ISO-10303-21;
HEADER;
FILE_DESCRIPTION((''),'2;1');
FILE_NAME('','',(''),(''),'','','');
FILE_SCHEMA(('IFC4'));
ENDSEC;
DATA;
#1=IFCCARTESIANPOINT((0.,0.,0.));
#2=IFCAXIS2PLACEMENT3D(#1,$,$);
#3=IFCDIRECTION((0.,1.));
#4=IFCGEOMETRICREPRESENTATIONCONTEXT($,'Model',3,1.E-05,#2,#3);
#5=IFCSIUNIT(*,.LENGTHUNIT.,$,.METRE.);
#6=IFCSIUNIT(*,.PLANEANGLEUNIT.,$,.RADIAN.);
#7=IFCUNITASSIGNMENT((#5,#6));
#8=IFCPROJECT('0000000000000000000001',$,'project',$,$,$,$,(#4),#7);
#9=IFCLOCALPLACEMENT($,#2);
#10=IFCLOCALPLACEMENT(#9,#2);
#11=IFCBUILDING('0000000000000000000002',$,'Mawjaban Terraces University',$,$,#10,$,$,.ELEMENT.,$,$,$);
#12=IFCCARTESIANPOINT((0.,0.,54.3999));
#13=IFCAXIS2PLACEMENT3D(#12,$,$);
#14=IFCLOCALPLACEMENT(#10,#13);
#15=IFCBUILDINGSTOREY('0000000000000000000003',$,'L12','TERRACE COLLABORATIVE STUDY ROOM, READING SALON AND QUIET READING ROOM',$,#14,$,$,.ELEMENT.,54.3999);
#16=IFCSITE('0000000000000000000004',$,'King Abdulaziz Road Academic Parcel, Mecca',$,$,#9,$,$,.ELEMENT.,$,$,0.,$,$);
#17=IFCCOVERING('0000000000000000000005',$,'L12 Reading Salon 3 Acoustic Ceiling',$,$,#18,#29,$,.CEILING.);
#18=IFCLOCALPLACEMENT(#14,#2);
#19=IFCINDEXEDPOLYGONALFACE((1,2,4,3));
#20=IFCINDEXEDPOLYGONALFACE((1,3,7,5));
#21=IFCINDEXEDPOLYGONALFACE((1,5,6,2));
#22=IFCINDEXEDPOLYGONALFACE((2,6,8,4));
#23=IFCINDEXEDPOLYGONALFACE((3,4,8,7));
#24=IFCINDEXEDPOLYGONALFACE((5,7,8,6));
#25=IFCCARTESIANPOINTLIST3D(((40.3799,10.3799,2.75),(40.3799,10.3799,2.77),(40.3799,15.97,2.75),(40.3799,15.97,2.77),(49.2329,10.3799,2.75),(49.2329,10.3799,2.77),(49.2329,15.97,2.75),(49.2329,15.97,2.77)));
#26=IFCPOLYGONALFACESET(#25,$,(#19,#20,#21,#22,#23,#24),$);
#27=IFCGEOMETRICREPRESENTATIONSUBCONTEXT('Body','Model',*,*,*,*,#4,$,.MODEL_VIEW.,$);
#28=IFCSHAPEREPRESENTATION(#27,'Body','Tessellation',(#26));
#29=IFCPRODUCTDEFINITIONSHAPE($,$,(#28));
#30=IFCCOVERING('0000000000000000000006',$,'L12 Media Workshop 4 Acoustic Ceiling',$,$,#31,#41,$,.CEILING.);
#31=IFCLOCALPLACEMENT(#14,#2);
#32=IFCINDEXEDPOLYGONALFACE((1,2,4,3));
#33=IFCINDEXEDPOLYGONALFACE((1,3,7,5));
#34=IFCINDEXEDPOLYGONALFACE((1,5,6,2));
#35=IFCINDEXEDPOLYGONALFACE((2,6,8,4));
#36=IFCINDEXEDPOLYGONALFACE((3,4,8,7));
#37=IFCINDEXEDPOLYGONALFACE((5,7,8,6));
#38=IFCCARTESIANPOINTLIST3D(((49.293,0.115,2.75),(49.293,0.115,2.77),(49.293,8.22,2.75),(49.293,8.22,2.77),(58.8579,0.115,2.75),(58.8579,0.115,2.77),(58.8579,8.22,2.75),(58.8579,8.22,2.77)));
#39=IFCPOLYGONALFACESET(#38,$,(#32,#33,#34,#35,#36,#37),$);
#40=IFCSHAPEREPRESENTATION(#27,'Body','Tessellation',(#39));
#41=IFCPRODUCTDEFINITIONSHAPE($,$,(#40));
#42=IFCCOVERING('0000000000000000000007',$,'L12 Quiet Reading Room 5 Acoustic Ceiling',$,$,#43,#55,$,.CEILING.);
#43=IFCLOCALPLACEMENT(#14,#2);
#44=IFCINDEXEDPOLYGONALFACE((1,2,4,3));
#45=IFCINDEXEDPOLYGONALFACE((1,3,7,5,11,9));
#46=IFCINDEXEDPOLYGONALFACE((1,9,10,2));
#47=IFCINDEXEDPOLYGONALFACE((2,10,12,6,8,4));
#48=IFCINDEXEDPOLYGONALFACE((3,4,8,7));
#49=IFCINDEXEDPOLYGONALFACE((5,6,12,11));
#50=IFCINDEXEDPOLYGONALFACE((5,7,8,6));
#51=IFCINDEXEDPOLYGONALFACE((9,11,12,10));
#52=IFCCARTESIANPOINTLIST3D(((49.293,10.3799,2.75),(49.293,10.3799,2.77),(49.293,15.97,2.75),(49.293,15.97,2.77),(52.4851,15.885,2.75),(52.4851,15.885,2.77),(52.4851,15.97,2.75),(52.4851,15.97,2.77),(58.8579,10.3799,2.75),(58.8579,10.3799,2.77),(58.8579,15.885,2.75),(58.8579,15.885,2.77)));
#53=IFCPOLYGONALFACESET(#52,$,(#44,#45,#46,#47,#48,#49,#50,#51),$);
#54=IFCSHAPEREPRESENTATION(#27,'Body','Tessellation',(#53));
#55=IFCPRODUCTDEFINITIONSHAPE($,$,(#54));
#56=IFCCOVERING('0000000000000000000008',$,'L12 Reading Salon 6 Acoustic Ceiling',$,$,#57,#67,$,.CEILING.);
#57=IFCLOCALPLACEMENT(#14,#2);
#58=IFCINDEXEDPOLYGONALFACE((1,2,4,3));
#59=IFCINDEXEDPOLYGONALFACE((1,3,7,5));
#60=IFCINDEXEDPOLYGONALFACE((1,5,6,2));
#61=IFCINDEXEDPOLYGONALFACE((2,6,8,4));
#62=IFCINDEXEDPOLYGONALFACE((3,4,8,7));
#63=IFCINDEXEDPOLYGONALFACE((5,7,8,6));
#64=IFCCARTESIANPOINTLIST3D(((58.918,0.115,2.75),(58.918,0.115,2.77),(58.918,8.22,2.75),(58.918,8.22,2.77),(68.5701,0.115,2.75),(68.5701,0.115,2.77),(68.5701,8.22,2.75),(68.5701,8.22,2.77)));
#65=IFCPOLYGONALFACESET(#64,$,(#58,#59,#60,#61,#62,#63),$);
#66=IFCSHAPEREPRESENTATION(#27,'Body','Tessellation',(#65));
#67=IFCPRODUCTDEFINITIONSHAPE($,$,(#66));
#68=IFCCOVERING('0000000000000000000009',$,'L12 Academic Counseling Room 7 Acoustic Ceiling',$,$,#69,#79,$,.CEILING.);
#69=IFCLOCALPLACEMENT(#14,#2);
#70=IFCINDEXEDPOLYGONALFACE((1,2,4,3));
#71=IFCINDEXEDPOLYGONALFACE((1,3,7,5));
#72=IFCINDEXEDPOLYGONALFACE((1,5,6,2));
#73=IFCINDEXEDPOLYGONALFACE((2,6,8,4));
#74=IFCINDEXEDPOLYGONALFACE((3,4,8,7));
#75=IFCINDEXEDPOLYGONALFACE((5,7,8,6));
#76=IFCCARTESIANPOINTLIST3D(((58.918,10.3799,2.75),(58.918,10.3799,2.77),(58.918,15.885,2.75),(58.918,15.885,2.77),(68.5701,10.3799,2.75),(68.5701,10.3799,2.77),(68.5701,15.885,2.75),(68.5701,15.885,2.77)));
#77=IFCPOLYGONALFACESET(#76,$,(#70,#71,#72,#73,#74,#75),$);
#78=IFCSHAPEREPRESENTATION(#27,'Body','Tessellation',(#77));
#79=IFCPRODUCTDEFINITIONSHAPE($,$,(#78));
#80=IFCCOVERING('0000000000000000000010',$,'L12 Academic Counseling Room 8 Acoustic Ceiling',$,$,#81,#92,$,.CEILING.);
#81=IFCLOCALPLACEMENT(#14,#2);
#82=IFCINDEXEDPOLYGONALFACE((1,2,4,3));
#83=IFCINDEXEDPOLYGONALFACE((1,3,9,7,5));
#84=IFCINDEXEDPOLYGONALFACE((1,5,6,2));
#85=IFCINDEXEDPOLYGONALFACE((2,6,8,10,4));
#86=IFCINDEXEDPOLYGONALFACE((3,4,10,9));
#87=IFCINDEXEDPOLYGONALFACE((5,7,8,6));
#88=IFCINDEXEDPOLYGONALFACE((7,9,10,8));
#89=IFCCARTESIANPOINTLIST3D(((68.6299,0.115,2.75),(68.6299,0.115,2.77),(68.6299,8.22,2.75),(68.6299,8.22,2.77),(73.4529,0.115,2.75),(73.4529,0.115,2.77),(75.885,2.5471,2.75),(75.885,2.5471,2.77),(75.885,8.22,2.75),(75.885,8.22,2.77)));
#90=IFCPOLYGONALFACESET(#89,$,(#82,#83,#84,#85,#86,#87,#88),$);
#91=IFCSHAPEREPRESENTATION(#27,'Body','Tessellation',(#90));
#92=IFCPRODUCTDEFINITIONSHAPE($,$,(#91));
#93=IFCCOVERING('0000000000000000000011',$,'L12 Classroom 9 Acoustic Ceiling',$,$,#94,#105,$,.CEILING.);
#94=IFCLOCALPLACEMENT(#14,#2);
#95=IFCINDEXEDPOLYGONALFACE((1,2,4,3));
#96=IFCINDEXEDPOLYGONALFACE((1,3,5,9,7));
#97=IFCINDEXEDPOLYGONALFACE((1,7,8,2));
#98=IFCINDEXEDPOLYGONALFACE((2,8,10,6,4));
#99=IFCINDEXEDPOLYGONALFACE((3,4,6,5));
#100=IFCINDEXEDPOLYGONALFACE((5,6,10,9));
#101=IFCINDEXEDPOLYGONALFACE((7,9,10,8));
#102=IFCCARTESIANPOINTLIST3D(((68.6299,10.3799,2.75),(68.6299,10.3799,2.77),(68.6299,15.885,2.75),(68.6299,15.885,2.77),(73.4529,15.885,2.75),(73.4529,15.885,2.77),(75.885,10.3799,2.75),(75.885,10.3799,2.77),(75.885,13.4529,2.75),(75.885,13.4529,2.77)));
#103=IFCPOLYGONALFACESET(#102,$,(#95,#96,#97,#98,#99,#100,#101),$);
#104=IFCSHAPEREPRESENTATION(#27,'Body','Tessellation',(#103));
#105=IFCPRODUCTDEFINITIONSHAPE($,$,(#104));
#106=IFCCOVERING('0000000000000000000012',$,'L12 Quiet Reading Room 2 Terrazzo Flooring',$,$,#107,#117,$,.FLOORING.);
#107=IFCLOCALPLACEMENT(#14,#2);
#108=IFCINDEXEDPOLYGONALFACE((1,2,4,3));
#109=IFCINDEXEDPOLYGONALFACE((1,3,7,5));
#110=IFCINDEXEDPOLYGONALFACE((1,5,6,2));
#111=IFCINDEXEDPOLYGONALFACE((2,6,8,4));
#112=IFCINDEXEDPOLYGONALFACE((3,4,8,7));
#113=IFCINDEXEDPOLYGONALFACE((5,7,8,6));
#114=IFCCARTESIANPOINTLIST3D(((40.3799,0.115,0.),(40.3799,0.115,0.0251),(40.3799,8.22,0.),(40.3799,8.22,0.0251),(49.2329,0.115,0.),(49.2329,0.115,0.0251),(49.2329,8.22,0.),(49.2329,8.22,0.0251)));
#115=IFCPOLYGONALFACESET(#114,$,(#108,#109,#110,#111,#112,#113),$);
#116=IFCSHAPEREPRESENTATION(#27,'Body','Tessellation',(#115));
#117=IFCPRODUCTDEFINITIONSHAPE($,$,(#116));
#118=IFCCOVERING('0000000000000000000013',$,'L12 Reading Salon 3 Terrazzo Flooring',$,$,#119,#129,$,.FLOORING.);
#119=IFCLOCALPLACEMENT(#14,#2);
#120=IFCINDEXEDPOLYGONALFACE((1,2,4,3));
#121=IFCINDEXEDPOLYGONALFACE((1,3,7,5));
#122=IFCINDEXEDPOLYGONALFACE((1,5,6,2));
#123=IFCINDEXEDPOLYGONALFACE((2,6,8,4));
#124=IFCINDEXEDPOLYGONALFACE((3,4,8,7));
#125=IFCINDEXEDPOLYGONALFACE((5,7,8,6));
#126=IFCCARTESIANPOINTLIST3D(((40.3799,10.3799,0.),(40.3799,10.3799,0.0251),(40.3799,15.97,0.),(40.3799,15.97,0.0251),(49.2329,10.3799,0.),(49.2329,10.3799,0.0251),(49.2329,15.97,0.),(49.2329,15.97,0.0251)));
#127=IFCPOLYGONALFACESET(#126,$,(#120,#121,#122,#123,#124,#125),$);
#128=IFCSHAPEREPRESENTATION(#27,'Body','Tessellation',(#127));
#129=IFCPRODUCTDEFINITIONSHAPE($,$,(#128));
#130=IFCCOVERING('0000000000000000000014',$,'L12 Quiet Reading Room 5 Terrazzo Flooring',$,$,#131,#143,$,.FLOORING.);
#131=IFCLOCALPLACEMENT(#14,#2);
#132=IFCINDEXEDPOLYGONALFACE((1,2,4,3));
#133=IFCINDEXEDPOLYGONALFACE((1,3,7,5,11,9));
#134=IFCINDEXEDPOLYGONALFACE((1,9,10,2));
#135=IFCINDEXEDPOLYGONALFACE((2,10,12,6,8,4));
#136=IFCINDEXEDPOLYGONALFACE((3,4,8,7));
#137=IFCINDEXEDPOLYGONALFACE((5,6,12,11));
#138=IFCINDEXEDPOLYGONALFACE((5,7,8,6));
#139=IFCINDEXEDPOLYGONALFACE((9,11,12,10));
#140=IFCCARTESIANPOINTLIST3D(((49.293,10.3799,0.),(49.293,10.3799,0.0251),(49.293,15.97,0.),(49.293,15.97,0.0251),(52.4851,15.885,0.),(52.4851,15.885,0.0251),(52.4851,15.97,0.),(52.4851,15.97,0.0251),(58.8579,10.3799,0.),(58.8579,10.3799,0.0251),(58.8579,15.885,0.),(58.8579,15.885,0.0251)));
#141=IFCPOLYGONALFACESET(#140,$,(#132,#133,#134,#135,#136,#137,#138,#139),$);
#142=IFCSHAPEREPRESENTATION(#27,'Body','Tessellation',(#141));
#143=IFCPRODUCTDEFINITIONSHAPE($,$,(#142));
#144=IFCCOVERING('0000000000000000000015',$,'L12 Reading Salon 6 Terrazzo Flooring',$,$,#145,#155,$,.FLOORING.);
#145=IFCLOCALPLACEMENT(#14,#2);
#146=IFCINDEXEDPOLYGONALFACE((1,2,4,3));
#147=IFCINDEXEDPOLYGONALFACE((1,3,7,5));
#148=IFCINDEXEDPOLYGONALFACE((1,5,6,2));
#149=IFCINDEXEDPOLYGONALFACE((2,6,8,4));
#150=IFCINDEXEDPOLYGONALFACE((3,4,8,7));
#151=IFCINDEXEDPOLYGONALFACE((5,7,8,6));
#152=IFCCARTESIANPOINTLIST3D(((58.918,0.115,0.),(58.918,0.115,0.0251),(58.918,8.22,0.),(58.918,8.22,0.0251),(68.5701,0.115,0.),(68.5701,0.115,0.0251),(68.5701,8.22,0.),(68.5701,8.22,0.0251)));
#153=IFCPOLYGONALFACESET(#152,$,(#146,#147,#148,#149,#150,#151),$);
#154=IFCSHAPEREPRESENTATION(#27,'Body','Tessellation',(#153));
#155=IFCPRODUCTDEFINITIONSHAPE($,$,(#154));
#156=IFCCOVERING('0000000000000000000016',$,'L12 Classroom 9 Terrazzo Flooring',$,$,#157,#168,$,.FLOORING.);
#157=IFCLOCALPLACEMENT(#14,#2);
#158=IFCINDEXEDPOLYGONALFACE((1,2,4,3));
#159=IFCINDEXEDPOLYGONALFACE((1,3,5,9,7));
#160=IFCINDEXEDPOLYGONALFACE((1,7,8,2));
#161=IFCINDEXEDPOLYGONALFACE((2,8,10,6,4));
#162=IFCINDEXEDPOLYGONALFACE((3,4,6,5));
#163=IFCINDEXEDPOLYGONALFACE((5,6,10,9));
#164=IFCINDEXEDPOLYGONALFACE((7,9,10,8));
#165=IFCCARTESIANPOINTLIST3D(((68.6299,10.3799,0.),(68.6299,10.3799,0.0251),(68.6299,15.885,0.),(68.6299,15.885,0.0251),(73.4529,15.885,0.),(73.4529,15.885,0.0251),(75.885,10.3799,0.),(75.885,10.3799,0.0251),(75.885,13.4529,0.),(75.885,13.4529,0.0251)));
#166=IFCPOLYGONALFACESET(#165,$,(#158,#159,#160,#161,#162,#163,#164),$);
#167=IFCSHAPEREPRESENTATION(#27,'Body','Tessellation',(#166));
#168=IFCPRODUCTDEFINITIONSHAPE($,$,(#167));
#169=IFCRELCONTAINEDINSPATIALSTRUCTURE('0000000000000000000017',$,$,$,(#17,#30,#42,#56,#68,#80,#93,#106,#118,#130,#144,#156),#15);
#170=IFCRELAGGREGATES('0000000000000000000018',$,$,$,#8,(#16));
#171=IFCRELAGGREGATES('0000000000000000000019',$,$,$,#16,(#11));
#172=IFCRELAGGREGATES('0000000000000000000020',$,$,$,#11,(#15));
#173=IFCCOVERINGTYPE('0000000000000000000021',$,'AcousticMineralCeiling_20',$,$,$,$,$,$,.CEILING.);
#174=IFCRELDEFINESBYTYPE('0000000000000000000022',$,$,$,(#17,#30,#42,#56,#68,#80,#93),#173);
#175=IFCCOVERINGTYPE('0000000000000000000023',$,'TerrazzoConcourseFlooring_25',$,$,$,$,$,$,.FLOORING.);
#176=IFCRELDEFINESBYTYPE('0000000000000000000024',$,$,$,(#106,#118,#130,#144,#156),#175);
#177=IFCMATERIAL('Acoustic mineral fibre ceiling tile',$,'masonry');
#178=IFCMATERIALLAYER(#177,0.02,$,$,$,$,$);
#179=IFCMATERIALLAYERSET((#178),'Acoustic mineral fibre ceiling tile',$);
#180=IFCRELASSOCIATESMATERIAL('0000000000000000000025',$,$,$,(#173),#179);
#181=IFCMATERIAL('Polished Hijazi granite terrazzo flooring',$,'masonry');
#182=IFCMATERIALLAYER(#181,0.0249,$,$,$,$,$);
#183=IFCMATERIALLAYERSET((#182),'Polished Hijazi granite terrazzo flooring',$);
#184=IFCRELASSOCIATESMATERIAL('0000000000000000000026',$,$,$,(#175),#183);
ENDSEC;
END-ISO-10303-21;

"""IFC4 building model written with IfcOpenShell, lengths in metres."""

from ifc_helpers import new_model, si_unit, direction, frame, origin, place, context, subcontext, project, spatial, polyline, outline, extrude, material, layer, layer_set, type_object, element, save


model = new_model("IFC4")

# Units and contexts
model_context = context("Model", 3, precision=1e-05, world=origin(), true_north=direction((0.0, 1.0)))
body_context = subcontext(model_context, "Body", "Model", "MODEL_VIEW")
ifc_project = project(units=[si_unit("LENGTHUNIT", "METRE"), si_unit("PLANEANGLEUNIT", "RADIAN")], contexts=[model_context])

# Site, building, storey
site_placement = place(None, origin())
site = spatial("IfcSite", under=ifc_project, at=site_placement, Name="King Abdulaziz Road Academic Parcel, Mecca", CompositionType="ELEMENT", RefElevation=0.0)
building_placement = place(site_placement, origin())
building = spatial("IfcBuilding", under=site, at=building_placement, Name="Mawjaban Terraces University", CompositionType="ELEMENT")
storey_placement = place(building_placement, frame((0.0, 0.0, 54.3999)))
storey = spatial("IfcBuildingStorey", under=building, at=storey_placement, Name="L12", Description="TERRACE COLLABORATIVE STUDY ROOM, READING SALON AND QUIET READING ROOM", CompositionType="ELEMENT", Elevation=54.3999)

# Coverings
ifc_material_1 = material(Name="Acoustic mineral fibre ceiling tile", Category="masonry")
ifc_layer_1 = layer(ifc_material_1, 0.02)
ifc_layer_set_1 = layer_set([ifc_layer_1], Name="Acoustic mineral fibre ceiling tile")
covering_type_1 = type_object("IfcCoveringType", Name="AcousticMineralCeiling_20", PredefinedType="CEILING", material=ifc_layer_set_1)
covering_1_placement = place(storey_placement, frame((0.0, 0.0, 2.75)))
element("IfcCovering", 1, at=covering_1_placement, inside=storey, type_object=covering_type_1, Name="L12 Reading Salon 3 Acoustic Ceiling", PredefinedType="CEILING", context=body_context, shape_type="SweptSolid", body=[
    extrude(outline(polyline([(49.2329, 10.3799), (49.2329, 15.97), (40.3799, 15.97), (40.3799, 10.3799), (49.2329, 10.3799)])), origin(), (0.0, 0.0, 1.0), 0.02),
])
covering_2_placement = place(storey_placement, frame((0.0, 0.0, 2.75)))
element("IfcCovering", 2, at=covering_2_placement, inside=storey, type_object=covering_type_1, Name="L12 Media Workshop 4 Acoustic Ceiling", PredefinedType="CEILING", context=body_context, shape_type="SweptSolid", body=[
    extrude(outline(polyline([(49.293, 0.115), (58.8579, 0.115), (58.8579, 8.22), (49.293, 8.22), (49.293, 0.115)])), origin(), (0.0, 0.0, 1.0), 0.02),
])
covering_3_placement = place(storey_placement, frame((0.0, 0.0, 2.75)))
element("IfcCovering", 3, at=covering_3_placement, inside=storey, type_object=covering_type_1, Name="L12 Quiet Reading Room 5 Acoustic Ceiling", PredefinedType="CEILING", context=body_context, shape_type="SweptSolid", body=[
    extrude(outline(polyline([(58.8579, 15.885), (52.4851, 15.885), (52.4851, 15.97), (49.293, 15.97), (49.293, 10.3799), (58.8579, 10.3799), (58.8579, 15.885)])), origin(), (0.0, 0.0, 1.0), 0.02),
])
covering_4_placement = place(storey_placement, frame((0.0, 0.0, 2.75)))
element("IfcCovering", 4, at=covering_4_placement, inside=storey, type_object=covering_type_1, Name="L12 Reading Salon 6 Acoustic Ceiling", PredefinedType="CEILING", context=body_context, shape_type="SweptSolid", body=[
    extrude(outline(polyline([(58.918, 0.115), (68.5701, 0.115), (68.5701, 8.22), (58.918, 8.22), (58.918, 0.115)])), origin(), (0.0, 0.0, 1.0), 0.02),
])
covering_5_placement = place(storey_placement, frame((0.0, 0.0, 2.75)))
element("IfcCovering", 5, at=covering_5_placement, inside=storey, type_object=covering_type_1, Name="L12 Academic Counseling Room 7 Acoustic Ceiling", PredefinedType="CEILING", context=body_context, shape_type="SweptSolid", body=[
    extrude(outline(polyline([(68.5701, 15.885), (58.918, 15.885), (58.918, 10.3799), (68.5701, 10.3799), (68.5701, 15.885)])), origin(), (0.0, 0.0, 1.0), 0.02),
])
covering_6_placement = place(storey_placement, frame((0.0, 0.0, 2.75)))
element("IfcCovering", 6, at=covering_6_placement, inside=storey, type_object=covering_type_1, Name="L12 Academic Counseling Room 8 Acoustic Ceiling", PredefinedType="CEILING", context=body_context, shape_type="SweptSolid", body=[
    extrude(outline(polyline([(68.6299, 0.115), (73.4529, 0.115), (75.885, 2.5471), (75.885, 8.22), (68.6299, 8.22), (68.6299, 0.115)])), origin(), (0.0, 0.0, 1.0), 0.02),
])
covering_7_placement = place(storey_placement, frame((0.0, 0.0, 2.75)))
element("IfcCovering", 7, at=covering_7_placement, inside=storey, type_object=covering_type_1, Name="L12 Classroom 9 Acoustic Ceiling", PredefinedType="CEILING", context=body_context, shape_type="SweptSolid", body=[
    extrude(outline(polyline([(75.885, 10.3799), (75.885, 13.4529), (73.4529, 15.885), (68.6299, 15.885), (68.6299, 10.3799), (75.885, 10.3799)])), origin(), (0.0, 0.0, 1.0), 0.02),
])
ifc_material_2 = material(Name="Polished Hijazi granite terrazzo flooring", Category="masonry")
ifc_layer_2 = layer(ifc_material_2, 0.0249)
ifc_layer_set_2 = layer_set([ifc_layer_2], Name="Polished Hijazi granite terrazzo flooring")
covering_type_2 = type_object("IfcCoveringType", Name="TerrazzoConcourseFlooring_25", PredefinedType="FLOORING", material=ifc_layer_set_2)
covering_8_placement = place(storey_placement, origin())
element("IfcCovering", 8, at=covering_8_placement, inside=storey, type_object=covering_type_2, Name="L12 Quiet Reading Room 2 Terrazzo Flooring", PredefinedType="FLOORING", context=body_context, shape_type="SweptSolid", body=[
    extrude(outline(polyline([(40.3799, 0.115), (49.2329, 0.115), (49.2329, 8.22), (40.3799, 8.22), (40.3799, 0.115)])), origin(), (0.0, 0.0, 1.0), 0.0251),
])
covering_9_placement = place(storey_placement, origin())
element("IfcCovering", 9, at=covering_9_placement, inside=storey, type_object=covering_type_2, Name="L12 Reading Salon 3 Terrazzo Flooring", PredefinedType="FLOORING", context=body_context, shape_type="SweptSolid", body=[
    extrude(outline(polyline([(49.2329, 10.3799), (49.2329, 15.97), (40.3799, 15.97), (40.3799, 10.3799), (49.2329, 10.3799)])), origin(), (0.0, 0.0, 1.0), 0.0251),
])
covering_10_placement = place(storey_placement, origin())
element("IfcCovering", 10, at=covering_10_placement, inside=storey, type_object=covering_type_2, Name="L12 Quiet Reading Room 5 Terrazzo Flooring", PredefinedType="FLOORING", context=body_context, shape_type="SweptSolid", body=[
    extrude(outline(polyline([(58.8579, 15.885), (52.4851, 15.885), (52.4851, 15.97), (49.293, 15.97), (49.293, 10.3799), (58.8579, 10.3799), (58.8579, 15.885)])), origin(), (0.0, 0.0, 1.0), 0.0251),
])
covering_11_placement = place(storey_placement, origin())
element("IfcCovering", 11, at=covering_11_placement, inside=storey, type_object=covering_type_2, Name="L12 Reading Salon 6 Terrazzo Flooring", PredefinedType="FLOORING", context=body_context, shape_type="SweptSolid", body=[
    extrude(outline(polyline([(58.918, 0.115), (68.5701, 0.115), (68.5701, 8.22), (58.918, 8.22), (58.918, 0.115)])), origin(), (0.0, 0.0, 1.0), 0.0251),
])
covering_12_placement = place(storey_placement, origin())
element("IfcCovering", 12, at=covering_12_placement, inside=storey, type_object=covering_type_2, Name="L12 Classroom 9 Terrazzo Flooring", PredefinedType="FLOORING", context=body_context, shape_type="SweptSolid", body=[
    extrude(outline(polyline([(75.885, 10.3799), (75.885, 13.4529), (73.4529, 15.885), (68.6299, 15.885), (68.6299, 10.3799), (75.885, 10.3799)])), origin(), (0.0, 0.0, 1.0), 0.0251),
])

save(model, "model.ifc")
